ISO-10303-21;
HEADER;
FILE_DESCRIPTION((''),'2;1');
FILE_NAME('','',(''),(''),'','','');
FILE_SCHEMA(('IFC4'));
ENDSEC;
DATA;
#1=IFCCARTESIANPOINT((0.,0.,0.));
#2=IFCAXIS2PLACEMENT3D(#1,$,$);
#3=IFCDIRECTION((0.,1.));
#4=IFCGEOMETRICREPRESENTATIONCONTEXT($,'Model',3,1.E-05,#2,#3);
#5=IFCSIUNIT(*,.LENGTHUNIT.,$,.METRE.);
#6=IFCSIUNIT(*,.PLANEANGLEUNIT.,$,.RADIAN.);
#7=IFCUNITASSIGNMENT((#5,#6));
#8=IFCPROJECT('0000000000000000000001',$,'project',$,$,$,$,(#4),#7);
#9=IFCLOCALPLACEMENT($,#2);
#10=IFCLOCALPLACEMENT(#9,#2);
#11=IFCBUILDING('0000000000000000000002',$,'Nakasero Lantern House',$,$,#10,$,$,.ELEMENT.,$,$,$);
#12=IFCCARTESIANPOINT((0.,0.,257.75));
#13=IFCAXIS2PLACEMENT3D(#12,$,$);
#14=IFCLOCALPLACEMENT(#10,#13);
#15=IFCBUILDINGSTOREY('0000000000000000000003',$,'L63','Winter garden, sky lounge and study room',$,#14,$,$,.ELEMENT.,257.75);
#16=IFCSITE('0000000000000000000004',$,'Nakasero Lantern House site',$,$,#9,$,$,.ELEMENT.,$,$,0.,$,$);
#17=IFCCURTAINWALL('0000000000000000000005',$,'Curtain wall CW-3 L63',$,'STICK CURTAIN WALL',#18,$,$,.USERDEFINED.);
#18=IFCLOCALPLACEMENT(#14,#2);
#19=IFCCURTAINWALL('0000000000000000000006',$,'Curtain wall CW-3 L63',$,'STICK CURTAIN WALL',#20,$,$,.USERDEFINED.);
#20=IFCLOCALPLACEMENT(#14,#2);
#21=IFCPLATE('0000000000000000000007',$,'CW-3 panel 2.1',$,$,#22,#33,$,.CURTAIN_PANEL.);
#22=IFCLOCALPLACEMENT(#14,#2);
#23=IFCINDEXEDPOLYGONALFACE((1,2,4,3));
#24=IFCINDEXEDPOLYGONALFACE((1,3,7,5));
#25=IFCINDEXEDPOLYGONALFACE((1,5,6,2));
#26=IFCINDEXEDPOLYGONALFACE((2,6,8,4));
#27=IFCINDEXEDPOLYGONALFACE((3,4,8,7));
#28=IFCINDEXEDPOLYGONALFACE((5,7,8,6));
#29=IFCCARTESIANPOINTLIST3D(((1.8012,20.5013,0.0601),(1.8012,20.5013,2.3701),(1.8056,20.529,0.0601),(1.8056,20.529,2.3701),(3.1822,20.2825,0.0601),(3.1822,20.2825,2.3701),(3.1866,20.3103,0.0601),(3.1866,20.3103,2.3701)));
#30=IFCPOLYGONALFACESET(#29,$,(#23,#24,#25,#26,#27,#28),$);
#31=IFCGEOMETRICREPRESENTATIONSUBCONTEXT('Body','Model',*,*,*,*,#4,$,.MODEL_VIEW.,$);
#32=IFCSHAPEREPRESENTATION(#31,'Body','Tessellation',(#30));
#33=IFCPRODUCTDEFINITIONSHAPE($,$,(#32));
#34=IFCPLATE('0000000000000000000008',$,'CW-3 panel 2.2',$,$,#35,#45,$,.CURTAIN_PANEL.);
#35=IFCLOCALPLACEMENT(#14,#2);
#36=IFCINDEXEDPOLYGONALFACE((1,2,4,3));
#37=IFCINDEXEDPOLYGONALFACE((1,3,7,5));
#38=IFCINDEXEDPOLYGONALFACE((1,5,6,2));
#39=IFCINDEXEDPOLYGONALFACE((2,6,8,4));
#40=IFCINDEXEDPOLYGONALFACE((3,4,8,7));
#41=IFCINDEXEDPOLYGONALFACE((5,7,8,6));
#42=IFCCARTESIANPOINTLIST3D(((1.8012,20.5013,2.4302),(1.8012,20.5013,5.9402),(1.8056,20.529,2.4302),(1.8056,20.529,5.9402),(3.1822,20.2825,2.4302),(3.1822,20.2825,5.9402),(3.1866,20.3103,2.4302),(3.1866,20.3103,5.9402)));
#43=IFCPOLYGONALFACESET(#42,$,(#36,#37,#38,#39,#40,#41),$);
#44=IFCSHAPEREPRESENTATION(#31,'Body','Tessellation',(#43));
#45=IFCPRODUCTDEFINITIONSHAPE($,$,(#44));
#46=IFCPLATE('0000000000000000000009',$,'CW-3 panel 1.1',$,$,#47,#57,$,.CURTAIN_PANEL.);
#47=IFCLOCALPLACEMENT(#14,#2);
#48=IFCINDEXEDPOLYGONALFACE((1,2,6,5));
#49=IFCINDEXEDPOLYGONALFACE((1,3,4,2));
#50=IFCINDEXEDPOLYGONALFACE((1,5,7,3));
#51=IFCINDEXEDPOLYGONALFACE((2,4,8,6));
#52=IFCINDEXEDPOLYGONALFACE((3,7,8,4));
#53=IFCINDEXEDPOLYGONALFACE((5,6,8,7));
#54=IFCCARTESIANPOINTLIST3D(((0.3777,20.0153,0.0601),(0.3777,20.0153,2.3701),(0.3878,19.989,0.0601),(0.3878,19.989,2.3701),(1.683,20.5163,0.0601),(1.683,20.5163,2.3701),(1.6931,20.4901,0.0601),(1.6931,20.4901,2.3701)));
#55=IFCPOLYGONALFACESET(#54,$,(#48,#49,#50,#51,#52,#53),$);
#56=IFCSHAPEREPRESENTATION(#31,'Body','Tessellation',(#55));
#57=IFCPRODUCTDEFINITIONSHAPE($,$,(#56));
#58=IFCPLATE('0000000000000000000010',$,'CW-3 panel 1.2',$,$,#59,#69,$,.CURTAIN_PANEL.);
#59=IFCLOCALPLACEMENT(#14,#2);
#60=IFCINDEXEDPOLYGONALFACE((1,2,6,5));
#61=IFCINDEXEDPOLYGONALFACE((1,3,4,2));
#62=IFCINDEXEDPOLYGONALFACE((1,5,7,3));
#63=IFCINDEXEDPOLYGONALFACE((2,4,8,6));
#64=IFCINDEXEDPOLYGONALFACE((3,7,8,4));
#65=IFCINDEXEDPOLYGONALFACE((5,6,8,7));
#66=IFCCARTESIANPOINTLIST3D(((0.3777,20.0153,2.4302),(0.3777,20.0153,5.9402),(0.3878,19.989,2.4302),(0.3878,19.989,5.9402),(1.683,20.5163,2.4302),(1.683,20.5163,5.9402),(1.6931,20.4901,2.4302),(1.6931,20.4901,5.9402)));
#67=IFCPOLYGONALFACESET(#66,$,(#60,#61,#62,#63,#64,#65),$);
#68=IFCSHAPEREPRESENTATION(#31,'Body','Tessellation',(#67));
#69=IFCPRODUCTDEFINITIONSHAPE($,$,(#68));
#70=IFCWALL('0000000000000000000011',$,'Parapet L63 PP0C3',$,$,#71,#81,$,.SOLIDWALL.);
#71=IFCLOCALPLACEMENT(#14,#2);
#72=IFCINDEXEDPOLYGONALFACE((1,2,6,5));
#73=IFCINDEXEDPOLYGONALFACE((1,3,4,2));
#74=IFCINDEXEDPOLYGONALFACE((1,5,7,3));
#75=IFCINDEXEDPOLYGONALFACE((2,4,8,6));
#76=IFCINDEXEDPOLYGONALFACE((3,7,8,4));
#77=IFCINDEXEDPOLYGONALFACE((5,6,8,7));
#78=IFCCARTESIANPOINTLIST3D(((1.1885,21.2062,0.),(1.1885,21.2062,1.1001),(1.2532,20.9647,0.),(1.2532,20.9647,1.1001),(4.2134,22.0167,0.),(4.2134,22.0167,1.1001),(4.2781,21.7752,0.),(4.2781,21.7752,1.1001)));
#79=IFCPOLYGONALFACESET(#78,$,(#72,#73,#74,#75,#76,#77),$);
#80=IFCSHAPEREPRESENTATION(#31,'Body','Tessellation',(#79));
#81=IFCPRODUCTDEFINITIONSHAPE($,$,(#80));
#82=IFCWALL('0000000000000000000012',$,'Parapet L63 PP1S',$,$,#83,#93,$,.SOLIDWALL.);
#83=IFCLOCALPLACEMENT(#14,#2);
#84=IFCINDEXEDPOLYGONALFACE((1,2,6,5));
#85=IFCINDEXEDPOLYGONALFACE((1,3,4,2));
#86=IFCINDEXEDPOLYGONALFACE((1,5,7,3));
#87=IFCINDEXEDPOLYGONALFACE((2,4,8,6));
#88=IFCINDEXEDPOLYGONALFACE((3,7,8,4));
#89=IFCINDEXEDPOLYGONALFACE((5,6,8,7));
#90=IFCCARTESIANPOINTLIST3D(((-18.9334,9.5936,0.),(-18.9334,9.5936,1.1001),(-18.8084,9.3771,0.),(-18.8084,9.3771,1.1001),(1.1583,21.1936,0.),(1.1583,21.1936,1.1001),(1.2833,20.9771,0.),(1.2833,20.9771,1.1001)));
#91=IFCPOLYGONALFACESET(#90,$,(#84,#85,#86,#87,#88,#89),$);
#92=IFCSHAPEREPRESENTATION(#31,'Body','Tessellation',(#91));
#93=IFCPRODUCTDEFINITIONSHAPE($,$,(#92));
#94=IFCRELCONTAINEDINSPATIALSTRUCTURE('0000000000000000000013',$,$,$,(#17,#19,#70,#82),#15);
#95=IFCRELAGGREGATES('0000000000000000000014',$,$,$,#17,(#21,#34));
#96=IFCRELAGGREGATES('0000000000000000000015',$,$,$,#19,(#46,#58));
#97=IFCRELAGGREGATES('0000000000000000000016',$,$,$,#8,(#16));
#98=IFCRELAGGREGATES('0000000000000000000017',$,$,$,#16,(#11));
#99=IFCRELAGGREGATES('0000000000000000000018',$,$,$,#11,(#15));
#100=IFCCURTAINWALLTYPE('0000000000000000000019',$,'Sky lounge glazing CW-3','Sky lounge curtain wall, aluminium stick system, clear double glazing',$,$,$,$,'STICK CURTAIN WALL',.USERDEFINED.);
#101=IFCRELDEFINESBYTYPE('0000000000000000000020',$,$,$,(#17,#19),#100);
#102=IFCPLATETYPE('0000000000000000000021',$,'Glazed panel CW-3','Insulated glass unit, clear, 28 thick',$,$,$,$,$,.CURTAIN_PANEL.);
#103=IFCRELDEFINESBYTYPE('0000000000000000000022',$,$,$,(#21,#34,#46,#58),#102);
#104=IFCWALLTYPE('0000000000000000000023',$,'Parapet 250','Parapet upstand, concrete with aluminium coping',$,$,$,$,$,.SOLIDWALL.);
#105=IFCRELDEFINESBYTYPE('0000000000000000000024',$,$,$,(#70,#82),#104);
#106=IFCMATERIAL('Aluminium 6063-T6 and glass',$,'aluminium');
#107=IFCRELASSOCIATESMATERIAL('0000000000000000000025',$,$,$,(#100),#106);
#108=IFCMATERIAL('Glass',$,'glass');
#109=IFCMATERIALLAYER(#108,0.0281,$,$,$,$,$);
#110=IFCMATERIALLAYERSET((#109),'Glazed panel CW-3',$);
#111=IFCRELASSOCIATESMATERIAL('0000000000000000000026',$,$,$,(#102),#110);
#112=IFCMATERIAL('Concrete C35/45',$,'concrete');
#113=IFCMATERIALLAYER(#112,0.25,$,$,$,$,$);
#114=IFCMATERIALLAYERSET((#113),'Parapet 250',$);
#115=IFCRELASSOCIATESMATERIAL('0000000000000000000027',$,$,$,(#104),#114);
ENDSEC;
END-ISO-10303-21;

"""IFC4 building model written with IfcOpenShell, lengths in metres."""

from ifc_helpers import new_model, si_unit, direction, frame, frame_2d, origin, origin_2d, place, context, subcontext, project, spatial, rectangle, extrude, material, layer, layer_set, type_object, element, aggregate, save


model = new_model("IFC4")

# Units and contexts
model_context = context("Model", 3, precision=1e-05, world=origin(), true_north=direction((0.0, 1.0)))
body_context = subcontext(model_context, "Body", "Model", "MODEL_VIEW")
ifc_project = project(units=[si_unit("LENGTHUNIT", "METRE"), si_unit("PLANEANGLEUNIT", "RADIAN")], contexts=[model_context])

# Site, building, storey
site_placement = place(None, origin())
site = spatial("IfcSite", under=ifc_project, at=site_placement, Name="Nakasero Lantern House site", CompositionType="ELEMENT", RefElevation=0.0)
building_placement = place(site_placement, origin())
building = spatial("IfcBuilding", under=site, at=building_placement, Name="Nakasero Lantern House", CompositionType="ELEMENT")
storey_placement = place(building_placement, frame((0.0, 0.0, 257.75)))
storey = spatial("IfcBuildingStorey", under=building, at=storey_placement, Name="L63", Description="Winter garden, sky lounge and study room", CompositionType="ELEMENT", Elevation=257.75)

# Curtain wall
ifc_material_1 = material(Name="Aluminium 6063-T6 and glass", Category="aluminium")
curtain_wall_type = type_object("IfcCurtainWallType", Name="Sky lounge glazing CW-3", Description="Sky lounge curtain wall, aluminium stick system, clear double glazing", ElementType="STICK CURTAIN WALL", PredefinedType="USERDEFINED", material=ifc_material_1)
curtain_wall_1_placement = place(storey_placement, origin())
curtain_wall_1 = element("IfcCurtainWall", 1, at=curtain_wall_1_placement, inside=storey, type_object=curtain_wall_type, Name="Curtain wall CW-3 L63", ObjectType="STICK CURTAIN WALL", PredefinedType="USERDEFINED")

# Curtain wall
curtain_wall_2_placement = place(storey_placement, origin())
curtain_wall_2 = element("IfcCurtainWall", 2, at=curtain_wall_2_placement, inside=storey, type_object=curtain_wall_type, Name="Curtain wall CW-3 L63", ObjectType="STICK CURTAIN WALL", PredefinedType="USERDEFINED")

# Plates
ifc_material_2 = material(Name="Glass", Category="glass")
ifc_layer_1 = layer(ifc_material_2, 0.0281)
ifc_layer_set_1 = layer_set([ifc_layer_1], Name="Glazed panel CW-3")
plate_type = type_object("IfcPlateType", Name="Glazed panel CW-3", Description="Insulated glass unit, clear, 28 thick", PredefinedType="CURTAIN_PANEL", material=ifc_layer_set_1)
plate_1_placement = place(storey_placement, frame((2.4939, 20.4058, 0.0601), z_axis=(0.0, 0.0, 1.0), x_axis=(-0.987688, 0.156434, 0.0)))
plate_1 = element("IfcPlate", 3, at=plate_1_placement, type_object=plate_type, Name="CW-3 panel 2.1", PredefinedType="CURTAIN_PANEL", context=body_context, shape_type="SweptSolid", body=[
    extrude(rectangle(XDim=1.3982, YDim=0.0281, at=origin_2d()), origin(), (0.0, 0.0, 1.0), 2.3101),
])
plate_2_placement = place(storey_placement, frame((2.4939, 20.4058, 2.4302), z_axis=(0.0, 0.0, 1.0), x_axis=(-0.987688, 0.156434, 0.0)))
plate_2 = element("IfcPlate", 4, at=plate_2_placement, type_object=plate_type, Name="CW-3 panel 2.2", PredefinedType="CURTAIN_PANEL", context=body_context, shape_type="SweptSolid", body=[
    extrude(rectangle(XDim=1.3982, YDim=0.0281, at=origin_2d()), origin(), (0.0, 0.0, 1.0), 3.51),
])
aggregate(curtain_wall_1, [plate_1, plate_2])
plate_3_placement = place(storey_placement, frame((1.0354, 20.2527, 0.0601), z_axis=(0.0, 0.0, 1.0), x_axis=(-0.93358, -0.358368, 0.0)))
plate_3 = element("IfcPlate", 5, at=plate_3_placement, type_object=plate_type, Name="CW-3 panel 1.1", PredefinedType="CURTAIN_PANEL", context=body_context, shape_type="SweptSolid", body=[
    extrude(rectangle(XDim=1.3982, YDim=0.0281, at=origin_2d()), origin(), (0.0, 0.0, 1.0), 2.3101),
])
plate_4_placement = place(storey_placement, frame((1.0354, 20.2527, 2.4302), z_axis=(0.0, 0.0, 1.0), x_axis=(-0.93358, -0.358368, 0.0)))
plate_4 = element("IfcPlate", 6, at=plate_4_placement, type_object=plate_type, Name="CW-3 panel 1.2", PredefinedType="CURTAIN_PANEL", context=body_context, shape_type="SweptSolid", body=[
    extrude(rectangle(XDim=1.3982, YDim=0.0281, at=origin_2d()), origin(), (0.0, 0.0, 1.0), 3.51),
])
aggregate(curtain_wall_2, [plate_3, plate_4])

# Walls
ifc_material_3 = material(Name="Concrete C35/45", Category="concrete")
ifc_layer_2 = layer(ifc_material_3, 0.25)
ifc_layer_set_2 = layer_set([ifc_layer_2], Name="Parapet 250")
wall_type = type_object("IfcWallType", Name="Parapet 250", Description="Parapet upstand, concrete with aluminium coping", PredefinedType="SOLIDWALL", material=ifc_layer_set_2)
wall_1_placement = place(storey_placement, frame((4.2458, 21.896, 0.0), z_axis=(0.0, 0.0, 1.0), x_axis=(-0.965924, -0.258827, 0.0)))
element("IfcWall", 7, at=wall_1_placement, inside=storey, type_object=wall_type, Name="Parapet L63 PP0C3", PredefinedType="SOLIDWALL", context=body_context, shape_type="SweptSolid", body=[
    extrude(rectangle(XDim=3.1316, YDim=0.25, at=frame_2d((1.5659, 0.0))), origin(), (0.0, 0.0, 1.0), 1.1001),
])
wall_2_placement = place(storey_placement, frame((1.2209, 21.0854, 0.0), z_axis=(0.0, 0.0, 1.0), x_axis=(-0.866024, -0.500003, 0.0)))
element("IfcWall", 8, at=wall_2_placement, inside=storey, type_object=wall_type, Name="Parapet L63 PP1S", PredefinedType="SOLIDWALL", context=body_context, shape_type="SweptSolid", body=[
    extrude(rectangle(XDim=23.2, YDim=0.25, at=frame_2d((11.6001, 0.0))), origin(), (0.0, 0.0, 1.0), 1.1001),
])

save(model, "model.ifc")
